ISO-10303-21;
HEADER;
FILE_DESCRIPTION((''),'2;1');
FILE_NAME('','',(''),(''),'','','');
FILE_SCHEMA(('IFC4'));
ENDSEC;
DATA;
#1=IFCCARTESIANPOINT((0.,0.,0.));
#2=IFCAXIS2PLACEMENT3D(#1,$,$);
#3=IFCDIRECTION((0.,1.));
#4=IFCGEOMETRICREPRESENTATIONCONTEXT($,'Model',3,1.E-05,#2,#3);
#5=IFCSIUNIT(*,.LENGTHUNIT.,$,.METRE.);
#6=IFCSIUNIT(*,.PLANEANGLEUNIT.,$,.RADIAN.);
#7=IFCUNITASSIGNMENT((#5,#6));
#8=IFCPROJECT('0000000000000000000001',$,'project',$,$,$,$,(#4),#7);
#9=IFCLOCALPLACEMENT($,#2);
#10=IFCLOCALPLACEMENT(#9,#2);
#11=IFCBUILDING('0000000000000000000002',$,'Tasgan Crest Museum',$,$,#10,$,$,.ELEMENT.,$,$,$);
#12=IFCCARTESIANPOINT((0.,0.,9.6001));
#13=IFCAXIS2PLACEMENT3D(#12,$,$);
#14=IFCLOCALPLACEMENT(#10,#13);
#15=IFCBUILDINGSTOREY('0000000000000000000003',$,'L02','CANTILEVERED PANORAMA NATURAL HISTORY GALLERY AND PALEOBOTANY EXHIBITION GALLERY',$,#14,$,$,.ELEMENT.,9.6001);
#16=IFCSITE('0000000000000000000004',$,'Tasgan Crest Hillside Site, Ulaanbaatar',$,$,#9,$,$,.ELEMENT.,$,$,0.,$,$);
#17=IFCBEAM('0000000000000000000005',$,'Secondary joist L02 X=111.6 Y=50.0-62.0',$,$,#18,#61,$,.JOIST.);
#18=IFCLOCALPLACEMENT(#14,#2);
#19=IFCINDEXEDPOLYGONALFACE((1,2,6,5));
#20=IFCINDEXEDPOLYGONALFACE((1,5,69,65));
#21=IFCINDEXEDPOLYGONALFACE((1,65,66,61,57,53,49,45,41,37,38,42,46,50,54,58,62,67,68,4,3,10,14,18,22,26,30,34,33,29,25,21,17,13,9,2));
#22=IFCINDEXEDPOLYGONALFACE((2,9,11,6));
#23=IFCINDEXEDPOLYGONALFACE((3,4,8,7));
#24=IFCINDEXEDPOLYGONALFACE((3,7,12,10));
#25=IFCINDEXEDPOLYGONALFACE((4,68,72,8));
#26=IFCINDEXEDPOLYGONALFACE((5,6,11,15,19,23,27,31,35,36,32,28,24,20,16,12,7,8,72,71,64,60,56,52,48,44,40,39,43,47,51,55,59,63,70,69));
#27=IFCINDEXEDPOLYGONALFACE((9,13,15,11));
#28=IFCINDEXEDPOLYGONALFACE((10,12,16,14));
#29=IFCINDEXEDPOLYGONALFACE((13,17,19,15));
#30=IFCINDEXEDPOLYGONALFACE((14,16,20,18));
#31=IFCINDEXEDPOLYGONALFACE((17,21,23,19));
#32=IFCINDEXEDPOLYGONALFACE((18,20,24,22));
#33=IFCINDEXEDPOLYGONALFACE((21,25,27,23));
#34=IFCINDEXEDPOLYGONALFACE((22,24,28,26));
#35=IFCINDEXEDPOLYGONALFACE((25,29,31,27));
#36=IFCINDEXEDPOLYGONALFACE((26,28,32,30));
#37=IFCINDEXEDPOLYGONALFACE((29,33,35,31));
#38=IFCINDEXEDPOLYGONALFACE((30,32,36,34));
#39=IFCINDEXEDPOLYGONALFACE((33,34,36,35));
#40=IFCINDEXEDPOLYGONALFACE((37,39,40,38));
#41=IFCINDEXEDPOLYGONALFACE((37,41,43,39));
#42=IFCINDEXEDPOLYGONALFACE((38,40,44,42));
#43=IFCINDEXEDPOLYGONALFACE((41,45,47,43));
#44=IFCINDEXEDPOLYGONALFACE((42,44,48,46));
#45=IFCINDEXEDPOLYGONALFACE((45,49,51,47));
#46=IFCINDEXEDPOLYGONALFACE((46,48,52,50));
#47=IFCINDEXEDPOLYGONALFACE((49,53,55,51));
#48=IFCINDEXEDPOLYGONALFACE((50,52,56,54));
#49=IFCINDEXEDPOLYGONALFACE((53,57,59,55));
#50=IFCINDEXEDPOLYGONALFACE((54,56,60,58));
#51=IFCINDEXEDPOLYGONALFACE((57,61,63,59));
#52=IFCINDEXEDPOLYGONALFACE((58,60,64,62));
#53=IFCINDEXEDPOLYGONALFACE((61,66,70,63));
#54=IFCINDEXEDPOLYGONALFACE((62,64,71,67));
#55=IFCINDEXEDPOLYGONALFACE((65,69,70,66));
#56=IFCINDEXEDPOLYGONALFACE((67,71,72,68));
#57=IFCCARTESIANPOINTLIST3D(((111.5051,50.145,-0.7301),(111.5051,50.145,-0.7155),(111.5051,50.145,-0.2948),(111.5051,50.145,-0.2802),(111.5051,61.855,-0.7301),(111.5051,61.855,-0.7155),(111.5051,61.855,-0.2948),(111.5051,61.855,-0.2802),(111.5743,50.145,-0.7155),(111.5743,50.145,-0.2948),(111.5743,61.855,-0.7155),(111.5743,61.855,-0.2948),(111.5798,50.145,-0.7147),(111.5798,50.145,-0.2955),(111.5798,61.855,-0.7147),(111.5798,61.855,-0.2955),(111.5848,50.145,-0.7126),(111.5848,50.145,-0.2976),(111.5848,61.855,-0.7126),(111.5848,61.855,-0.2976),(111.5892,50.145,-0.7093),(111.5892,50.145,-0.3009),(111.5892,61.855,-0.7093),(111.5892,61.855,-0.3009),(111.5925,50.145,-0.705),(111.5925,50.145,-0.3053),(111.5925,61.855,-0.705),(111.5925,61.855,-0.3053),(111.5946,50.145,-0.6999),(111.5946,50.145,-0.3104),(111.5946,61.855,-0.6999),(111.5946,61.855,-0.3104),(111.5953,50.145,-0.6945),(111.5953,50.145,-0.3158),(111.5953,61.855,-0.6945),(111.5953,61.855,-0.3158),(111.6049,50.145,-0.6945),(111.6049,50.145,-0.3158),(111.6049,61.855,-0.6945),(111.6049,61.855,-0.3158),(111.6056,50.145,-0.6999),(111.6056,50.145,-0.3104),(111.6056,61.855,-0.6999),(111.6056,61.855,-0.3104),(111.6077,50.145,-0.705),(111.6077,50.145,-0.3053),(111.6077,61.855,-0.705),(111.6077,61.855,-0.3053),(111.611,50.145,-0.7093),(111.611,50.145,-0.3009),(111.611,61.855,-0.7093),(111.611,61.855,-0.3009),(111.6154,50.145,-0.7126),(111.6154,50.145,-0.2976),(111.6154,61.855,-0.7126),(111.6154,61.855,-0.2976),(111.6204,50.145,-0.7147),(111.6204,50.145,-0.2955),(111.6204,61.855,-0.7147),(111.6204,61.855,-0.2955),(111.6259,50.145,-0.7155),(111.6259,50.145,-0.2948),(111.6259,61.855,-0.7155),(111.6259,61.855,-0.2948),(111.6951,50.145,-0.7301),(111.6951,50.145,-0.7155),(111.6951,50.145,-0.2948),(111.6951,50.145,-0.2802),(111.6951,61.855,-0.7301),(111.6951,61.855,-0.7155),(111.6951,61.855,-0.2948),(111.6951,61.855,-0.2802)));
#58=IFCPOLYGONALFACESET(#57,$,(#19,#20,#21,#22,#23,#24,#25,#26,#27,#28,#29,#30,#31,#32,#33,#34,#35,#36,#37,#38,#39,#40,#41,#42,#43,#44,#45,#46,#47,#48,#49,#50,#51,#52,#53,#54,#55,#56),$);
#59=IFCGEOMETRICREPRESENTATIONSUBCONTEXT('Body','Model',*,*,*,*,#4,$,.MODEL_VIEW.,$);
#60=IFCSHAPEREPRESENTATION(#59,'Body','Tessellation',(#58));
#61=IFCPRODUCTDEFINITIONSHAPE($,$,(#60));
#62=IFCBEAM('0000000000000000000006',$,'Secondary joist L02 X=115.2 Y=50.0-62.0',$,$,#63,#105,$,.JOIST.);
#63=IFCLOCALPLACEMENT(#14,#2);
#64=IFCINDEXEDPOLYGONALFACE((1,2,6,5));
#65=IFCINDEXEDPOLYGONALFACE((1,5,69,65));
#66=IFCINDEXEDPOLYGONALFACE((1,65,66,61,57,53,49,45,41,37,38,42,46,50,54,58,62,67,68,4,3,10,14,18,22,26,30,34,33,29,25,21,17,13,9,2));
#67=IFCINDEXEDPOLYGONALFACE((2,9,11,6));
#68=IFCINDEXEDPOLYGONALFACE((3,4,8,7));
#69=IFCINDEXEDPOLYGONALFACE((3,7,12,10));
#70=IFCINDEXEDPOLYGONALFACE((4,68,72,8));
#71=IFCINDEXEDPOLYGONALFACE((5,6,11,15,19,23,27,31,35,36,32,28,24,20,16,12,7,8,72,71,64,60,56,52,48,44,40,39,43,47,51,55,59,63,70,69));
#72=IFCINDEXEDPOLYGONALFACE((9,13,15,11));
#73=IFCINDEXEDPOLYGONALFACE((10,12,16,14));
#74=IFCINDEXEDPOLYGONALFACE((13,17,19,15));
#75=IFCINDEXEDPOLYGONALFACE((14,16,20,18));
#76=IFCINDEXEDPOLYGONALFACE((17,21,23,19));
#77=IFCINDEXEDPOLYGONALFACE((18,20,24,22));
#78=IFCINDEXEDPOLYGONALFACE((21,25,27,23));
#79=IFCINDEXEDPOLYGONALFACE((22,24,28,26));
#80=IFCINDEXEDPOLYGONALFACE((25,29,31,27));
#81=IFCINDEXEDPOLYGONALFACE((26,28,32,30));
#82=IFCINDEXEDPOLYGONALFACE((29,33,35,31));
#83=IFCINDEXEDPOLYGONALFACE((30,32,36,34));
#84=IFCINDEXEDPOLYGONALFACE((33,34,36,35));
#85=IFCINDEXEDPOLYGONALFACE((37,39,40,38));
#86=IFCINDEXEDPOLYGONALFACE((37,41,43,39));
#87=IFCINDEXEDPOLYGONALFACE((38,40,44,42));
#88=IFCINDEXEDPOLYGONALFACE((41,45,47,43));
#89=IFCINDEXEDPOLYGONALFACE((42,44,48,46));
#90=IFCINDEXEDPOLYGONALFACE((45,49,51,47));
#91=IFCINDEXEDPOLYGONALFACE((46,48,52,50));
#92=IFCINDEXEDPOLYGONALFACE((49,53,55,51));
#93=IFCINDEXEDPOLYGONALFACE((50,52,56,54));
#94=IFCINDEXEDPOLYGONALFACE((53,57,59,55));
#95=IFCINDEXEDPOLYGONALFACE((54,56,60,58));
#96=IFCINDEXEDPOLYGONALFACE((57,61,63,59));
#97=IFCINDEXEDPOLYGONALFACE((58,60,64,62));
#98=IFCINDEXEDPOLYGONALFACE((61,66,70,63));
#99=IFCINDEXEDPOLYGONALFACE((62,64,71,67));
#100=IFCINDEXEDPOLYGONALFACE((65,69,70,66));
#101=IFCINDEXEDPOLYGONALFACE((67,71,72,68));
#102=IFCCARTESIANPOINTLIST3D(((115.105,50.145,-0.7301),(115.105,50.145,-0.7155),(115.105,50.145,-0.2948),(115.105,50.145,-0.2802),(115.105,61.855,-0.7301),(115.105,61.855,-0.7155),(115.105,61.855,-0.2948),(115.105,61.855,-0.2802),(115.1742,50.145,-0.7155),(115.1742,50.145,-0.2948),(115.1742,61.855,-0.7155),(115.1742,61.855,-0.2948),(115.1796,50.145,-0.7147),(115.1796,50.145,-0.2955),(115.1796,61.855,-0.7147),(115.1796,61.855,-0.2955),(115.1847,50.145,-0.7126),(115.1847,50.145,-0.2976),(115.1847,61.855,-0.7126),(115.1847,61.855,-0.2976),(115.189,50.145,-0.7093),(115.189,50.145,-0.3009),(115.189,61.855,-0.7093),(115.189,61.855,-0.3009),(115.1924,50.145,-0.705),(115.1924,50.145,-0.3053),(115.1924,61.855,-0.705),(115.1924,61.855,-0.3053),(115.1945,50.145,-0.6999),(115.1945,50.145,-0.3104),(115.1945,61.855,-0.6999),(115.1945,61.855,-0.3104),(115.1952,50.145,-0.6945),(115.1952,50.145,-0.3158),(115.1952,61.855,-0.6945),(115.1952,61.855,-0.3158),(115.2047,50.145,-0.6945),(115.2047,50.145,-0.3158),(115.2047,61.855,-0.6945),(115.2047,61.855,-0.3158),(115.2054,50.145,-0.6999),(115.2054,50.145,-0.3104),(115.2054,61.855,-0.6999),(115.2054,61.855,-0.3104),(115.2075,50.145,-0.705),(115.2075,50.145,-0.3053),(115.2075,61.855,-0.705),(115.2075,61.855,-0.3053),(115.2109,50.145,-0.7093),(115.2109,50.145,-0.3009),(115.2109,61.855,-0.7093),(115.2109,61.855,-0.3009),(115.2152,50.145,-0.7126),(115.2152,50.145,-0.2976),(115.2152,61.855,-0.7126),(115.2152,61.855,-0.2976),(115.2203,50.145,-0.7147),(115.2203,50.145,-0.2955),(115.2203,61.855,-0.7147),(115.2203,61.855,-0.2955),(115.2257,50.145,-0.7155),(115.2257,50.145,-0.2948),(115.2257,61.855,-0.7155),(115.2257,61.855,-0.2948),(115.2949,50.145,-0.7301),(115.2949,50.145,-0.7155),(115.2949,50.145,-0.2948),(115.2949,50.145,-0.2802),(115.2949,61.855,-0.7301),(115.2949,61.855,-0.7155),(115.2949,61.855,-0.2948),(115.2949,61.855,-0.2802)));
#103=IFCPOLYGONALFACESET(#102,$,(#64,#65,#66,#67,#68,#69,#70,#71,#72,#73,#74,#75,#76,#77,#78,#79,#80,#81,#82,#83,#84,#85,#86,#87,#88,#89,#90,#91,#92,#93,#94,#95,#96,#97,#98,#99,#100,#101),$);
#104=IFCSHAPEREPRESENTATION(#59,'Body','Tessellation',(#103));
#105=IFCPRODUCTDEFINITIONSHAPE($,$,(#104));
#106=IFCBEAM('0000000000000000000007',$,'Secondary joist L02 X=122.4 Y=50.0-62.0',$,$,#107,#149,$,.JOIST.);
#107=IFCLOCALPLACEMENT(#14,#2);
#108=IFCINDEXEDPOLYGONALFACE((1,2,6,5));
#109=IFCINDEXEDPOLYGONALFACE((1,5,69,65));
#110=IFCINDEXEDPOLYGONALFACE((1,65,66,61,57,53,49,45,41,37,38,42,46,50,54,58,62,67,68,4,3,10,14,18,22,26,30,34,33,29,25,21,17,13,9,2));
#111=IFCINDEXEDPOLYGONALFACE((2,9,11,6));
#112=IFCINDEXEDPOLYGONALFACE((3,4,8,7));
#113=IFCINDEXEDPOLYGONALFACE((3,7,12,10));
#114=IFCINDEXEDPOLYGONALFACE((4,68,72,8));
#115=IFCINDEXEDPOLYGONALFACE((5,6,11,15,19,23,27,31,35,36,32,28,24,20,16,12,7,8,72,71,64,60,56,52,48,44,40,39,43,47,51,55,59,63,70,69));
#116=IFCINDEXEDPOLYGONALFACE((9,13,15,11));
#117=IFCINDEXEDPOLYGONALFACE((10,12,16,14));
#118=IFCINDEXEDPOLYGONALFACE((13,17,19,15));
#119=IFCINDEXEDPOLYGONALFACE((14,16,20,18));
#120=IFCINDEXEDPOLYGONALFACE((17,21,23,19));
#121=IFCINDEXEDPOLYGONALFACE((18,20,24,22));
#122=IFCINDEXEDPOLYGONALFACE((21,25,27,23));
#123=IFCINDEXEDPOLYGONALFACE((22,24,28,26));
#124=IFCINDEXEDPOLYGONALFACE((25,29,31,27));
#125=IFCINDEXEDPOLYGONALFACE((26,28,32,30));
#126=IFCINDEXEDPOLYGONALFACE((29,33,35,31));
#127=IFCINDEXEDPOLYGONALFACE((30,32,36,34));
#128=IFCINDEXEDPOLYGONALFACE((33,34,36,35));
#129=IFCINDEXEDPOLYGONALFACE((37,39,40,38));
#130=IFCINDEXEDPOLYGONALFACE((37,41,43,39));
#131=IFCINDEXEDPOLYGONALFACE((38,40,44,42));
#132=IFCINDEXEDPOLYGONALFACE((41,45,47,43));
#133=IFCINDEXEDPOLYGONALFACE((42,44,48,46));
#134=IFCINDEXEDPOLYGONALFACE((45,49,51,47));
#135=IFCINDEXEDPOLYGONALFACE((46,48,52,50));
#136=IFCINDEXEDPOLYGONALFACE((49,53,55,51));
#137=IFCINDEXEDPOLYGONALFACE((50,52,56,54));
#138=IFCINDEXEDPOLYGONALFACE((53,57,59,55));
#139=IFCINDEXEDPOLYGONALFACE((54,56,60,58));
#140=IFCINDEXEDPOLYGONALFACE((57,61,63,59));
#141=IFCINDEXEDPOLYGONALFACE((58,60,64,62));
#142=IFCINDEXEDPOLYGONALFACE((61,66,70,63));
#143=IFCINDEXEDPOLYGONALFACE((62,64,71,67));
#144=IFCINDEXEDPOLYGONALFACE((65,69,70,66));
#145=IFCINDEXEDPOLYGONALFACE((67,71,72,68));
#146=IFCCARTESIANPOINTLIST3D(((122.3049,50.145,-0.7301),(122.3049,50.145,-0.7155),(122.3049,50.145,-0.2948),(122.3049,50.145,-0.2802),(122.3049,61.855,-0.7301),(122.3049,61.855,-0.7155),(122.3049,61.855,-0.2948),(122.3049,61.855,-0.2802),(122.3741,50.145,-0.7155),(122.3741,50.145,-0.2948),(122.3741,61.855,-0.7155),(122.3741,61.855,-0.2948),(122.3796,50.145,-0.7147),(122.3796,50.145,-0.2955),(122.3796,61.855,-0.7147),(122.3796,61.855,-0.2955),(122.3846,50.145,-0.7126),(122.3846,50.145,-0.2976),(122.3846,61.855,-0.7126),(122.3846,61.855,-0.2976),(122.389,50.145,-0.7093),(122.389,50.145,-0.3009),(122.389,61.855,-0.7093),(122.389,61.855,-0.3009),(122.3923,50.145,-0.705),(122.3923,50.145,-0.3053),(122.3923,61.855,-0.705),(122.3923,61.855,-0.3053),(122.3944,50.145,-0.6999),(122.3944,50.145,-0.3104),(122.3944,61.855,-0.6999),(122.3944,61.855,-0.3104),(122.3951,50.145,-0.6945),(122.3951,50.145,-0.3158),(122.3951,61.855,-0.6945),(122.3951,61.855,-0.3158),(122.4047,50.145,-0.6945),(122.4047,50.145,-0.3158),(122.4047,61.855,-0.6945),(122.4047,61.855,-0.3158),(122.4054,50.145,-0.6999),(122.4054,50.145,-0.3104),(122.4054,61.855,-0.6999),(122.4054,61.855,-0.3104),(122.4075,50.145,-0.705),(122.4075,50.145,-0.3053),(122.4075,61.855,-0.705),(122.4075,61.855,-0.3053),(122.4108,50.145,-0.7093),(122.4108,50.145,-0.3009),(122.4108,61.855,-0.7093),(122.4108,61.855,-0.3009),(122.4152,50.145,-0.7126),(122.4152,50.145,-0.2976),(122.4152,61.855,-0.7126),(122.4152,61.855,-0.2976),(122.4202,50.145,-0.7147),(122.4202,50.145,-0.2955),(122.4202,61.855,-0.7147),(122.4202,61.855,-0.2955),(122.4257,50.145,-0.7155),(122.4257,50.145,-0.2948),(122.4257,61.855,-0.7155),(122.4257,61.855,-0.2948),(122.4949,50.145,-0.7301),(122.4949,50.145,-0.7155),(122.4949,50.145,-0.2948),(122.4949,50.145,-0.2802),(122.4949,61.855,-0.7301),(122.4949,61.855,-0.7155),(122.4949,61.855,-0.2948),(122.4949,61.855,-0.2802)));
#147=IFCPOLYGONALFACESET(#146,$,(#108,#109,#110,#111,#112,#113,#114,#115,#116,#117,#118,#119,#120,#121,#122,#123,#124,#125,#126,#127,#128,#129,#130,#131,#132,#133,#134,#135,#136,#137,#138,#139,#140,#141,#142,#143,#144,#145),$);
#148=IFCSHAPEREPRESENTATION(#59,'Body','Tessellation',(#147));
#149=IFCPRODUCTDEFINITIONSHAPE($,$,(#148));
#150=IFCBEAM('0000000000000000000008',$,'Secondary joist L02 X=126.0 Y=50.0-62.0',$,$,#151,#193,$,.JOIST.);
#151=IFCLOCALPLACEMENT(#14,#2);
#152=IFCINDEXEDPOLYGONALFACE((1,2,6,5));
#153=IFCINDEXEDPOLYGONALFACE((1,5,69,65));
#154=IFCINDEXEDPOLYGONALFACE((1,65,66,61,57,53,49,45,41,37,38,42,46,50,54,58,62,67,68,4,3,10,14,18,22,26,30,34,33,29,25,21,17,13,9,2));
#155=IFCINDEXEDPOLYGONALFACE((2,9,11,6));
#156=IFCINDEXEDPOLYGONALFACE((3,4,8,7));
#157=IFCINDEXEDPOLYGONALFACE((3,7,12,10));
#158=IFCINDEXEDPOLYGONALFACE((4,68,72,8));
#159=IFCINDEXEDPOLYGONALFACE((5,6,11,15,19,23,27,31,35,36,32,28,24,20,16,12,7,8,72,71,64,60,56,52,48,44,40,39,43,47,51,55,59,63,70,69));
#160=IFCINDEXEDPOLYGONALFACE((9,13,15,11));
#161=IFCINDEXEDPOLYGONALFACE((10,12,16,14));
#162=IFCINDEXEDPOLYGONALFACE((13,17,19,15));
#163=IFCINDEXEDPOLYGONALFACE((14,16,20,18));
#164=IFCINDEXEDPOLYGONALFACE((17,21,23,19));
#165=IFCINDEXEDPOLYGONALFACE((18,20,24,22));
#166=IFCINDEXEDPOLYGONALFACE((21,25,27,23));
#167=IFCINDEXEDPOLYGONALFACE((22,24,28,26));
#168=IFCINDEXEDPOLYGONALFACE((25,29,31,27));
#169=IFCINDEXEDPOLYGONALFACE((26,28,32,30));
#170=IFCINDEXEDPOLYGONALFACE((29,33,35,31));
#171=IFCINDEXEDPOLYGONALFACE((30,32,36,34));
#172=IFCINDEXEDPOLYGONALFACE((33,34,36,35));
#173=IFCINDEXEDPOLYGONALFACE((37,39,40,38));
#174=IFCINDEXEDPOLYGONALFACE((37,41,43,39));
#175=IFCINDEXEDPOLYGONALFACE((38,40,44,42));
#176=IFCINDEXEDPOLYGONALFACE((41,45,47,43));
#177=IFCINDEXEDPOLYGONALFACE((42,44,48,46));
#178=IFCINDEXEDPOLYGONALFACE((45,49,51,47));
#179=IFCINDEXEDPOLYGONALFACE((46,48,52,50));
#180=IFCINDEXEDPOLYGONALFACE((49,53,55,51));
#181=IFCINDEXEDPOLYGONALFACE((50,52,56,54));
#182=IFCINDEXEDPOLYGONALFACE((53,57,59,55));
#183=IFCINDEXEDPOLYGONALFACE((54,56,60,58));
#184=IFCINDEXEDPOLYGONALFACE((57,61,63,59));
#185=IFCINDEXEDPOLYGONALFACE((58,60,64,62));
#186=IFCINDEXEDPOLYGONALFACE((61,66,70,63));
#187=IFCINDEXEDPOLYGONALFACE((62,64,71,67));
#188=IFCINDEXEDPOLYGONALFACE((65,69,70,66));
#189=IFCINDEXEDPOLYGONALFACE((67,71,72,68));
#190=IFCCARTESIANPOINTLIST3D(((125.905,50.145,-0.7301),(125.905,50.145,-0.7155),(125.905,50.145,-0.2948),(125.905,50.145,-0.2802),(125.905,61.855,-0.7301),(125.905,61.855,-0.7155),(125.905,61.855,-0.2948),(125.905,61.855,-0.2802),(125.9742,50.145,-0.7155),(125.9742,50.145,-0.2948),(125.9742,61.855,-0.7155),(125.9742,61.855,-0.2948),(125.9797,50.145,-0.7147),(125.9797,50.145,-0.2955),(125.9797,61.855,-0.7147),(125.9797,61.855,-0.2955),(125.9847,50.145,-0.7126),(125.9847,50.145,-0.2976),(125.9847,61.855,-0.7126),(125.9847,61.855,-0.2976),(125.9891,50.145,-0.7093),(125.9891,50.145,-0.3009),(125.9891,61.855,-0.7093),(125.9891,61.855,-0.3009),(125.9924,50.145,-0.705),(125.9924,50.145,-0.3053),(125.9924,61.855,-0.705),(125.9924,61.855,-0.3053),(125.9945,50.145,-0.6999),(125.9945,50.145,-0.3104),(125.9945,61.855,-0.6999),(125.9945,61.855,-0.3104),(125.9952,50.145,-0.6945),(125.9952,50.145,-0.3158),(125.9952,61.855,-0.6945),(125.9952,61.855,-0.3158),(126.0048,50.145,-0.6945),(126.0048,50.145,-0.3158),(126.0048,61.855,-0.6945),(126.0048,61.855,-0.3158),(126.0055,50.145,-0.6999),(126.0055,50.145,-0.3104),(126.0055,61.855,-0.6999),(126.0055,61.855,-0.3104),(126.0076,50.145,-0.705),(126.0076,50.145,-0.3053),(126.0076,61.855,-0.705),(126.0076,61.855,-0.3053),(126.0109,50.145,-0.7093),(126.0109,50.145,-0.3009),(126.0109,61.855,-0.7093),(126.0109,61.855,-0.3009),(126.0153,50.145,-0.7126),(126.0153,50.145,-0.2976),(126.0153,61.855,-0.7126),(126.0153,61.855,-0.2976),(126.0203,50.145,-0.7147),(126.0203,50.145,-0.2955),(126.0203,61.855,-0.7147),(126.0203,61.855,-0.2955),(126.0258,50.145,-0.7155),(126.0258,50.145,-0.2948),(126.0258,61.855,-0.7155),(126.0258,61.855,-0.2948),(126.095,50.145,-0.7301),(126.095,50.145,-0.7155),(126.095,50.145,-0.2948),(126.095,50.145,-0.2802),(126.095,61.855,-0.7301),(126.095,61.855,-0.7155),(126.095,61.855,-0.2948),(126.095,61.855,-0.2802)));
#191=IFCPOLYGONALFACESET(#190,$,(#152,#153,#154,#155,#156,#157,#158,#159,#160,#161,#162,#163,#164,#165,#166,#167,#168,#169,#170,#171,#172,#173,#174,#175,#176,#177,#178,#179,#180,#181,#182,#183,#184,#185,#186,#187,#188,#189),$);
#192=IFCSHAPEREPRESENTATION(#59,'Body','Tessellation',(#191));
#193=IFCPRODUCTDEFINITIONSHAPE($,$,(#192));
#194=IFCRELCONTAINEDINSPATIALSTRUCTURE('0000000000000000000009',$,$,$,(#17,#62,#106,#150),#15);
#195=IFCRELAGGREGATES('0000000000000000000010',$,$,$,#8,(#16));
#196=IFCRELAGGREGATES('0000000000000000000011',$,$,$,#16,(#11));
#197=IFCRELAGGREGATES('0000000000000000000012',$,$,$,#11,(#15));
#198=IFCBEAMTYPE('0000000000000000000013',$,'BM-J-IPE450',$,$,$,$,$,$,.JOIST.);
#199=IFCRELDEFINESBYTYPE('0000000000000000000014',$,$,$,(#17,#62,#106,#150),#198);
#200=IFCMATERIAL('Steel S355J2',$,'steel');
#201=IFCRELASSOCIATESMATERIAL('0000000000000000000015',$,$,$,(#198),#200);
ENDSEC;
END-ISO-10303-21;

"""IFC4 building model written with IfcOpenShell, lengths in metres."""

from ifc_helpers import new_model, si_unit, direction, frame, origin, origin_2d, place, context, subcontext, project, spatial, i_section, extrude, material, material_profile, profile_set, type_object, element, save


model = new_model("IFC4")

# Units and contexts
model_context = context("Model", 3, precision=1e-05, world=origin(), true_north=direction((0.0, 1.0)))
body_context = subcontext(model_context, "Body", "Model", "MODEL_VIEW")
ifc_project = project(units=[si_unit("LENGTHUNIT", "METRE"), si_unit("PLANEANGLEUNIT", "RADIAN")], contexts=[model_context])

# Site, building, storey
site_placement = place(None, origin())
site = spatial("IfcSite", under=ifc_project, at=site_placement, Name="Tasgan Crest Hillside Site, Ulaanbaatar", CompositionType="ELEMENT", RefElevation=0.0)
building_placement = place(site_placement, origin())
building = spatial("IfcBuilding", under=site, at=building_placement, Name="Tasgan Crest Museum", CompositionType="ELEMENT")
storey_placement = place(building_placement, frame((0.0, 0.0, 9.6001)))
storey = spatial("IfcBuildingStorey", under=building, at=storey_placement, Name="L02", Description="CANTILEVERED PANORAMA NATURAL HISTORY GALLERY AND PALEOBOTANY EXHIBITION GALLERY", CompositionType="ELEMENT", Elevation=9.6001)

# Beams
ifc_material_1 = material(Name="Steel S355J2", Category="steel")
ifc_material_profile_1 = material_profile(ifc_material_1, i_section(OverallWidth=0.1899, OverallDepth=0.45, WebThickness=0.0095, FlangeThickness=0.0146, FilletRadius=0.021, at=origin_2d()), Name="IPE 450")
ifc_profile_set_1 = profile_set([ifc_material_profile_1], Name="Steel S355J2")
beam_type_1 = type_object("IfcBeamType", Name="BM-J-IPE450", PredefinedType="JOIST", material=ifc_profile_set_1)
for number, where, z_axis, x_axis, name in (
    (1, (111.6001, 50.145, -0.5051), (0.0, 1.0, 0.0), (-1.0, 0.0, 0.0), "Secondary joist L02 X=111.6 Y=50.0-62.0"),
    (2, (115.2, 50.145, -0.5051), (0.0, 1.0, 0.0), (-1.0, 0.0, 0.0), "Secondary joist L02 X=115.2 Y=50.0-62.0"),
    (3, (122.3999, 50.145, -0.5051), (0.0, 1.0, 0.0), (-1.0, 0.0, 0.0), "Secondary joist L02 X=122.4 Y=50.0-62.0"),
    (4, (126.0, 50.145, -0.5051), (0.0, 1.0, 0.0), (-1.0, 0.0, 0.0), "Secondary joist L02 X=126.0 Y=50.0-62.0"),
):
    element("IfcBeam", number, at=place(storey_placement, frame(where, z_axis=z_axis, x_axis=x_axis)), inside=storey, type_object=beam_type_1, Name=name, PredefinedType="JOIST", context=body_context, shape_type="SweptSolid", body=[
        extrude(i_section(OverallWidth=0.1899, OverallDepth=0.45, WebThickness=0.0095, FlangeThickness=0.0146, FilletRadius=0.021, at=origin_2d()), origin(), (0.0, 0.0, 1.0), 11.71),
    ])

save(model, "model.ifc")
